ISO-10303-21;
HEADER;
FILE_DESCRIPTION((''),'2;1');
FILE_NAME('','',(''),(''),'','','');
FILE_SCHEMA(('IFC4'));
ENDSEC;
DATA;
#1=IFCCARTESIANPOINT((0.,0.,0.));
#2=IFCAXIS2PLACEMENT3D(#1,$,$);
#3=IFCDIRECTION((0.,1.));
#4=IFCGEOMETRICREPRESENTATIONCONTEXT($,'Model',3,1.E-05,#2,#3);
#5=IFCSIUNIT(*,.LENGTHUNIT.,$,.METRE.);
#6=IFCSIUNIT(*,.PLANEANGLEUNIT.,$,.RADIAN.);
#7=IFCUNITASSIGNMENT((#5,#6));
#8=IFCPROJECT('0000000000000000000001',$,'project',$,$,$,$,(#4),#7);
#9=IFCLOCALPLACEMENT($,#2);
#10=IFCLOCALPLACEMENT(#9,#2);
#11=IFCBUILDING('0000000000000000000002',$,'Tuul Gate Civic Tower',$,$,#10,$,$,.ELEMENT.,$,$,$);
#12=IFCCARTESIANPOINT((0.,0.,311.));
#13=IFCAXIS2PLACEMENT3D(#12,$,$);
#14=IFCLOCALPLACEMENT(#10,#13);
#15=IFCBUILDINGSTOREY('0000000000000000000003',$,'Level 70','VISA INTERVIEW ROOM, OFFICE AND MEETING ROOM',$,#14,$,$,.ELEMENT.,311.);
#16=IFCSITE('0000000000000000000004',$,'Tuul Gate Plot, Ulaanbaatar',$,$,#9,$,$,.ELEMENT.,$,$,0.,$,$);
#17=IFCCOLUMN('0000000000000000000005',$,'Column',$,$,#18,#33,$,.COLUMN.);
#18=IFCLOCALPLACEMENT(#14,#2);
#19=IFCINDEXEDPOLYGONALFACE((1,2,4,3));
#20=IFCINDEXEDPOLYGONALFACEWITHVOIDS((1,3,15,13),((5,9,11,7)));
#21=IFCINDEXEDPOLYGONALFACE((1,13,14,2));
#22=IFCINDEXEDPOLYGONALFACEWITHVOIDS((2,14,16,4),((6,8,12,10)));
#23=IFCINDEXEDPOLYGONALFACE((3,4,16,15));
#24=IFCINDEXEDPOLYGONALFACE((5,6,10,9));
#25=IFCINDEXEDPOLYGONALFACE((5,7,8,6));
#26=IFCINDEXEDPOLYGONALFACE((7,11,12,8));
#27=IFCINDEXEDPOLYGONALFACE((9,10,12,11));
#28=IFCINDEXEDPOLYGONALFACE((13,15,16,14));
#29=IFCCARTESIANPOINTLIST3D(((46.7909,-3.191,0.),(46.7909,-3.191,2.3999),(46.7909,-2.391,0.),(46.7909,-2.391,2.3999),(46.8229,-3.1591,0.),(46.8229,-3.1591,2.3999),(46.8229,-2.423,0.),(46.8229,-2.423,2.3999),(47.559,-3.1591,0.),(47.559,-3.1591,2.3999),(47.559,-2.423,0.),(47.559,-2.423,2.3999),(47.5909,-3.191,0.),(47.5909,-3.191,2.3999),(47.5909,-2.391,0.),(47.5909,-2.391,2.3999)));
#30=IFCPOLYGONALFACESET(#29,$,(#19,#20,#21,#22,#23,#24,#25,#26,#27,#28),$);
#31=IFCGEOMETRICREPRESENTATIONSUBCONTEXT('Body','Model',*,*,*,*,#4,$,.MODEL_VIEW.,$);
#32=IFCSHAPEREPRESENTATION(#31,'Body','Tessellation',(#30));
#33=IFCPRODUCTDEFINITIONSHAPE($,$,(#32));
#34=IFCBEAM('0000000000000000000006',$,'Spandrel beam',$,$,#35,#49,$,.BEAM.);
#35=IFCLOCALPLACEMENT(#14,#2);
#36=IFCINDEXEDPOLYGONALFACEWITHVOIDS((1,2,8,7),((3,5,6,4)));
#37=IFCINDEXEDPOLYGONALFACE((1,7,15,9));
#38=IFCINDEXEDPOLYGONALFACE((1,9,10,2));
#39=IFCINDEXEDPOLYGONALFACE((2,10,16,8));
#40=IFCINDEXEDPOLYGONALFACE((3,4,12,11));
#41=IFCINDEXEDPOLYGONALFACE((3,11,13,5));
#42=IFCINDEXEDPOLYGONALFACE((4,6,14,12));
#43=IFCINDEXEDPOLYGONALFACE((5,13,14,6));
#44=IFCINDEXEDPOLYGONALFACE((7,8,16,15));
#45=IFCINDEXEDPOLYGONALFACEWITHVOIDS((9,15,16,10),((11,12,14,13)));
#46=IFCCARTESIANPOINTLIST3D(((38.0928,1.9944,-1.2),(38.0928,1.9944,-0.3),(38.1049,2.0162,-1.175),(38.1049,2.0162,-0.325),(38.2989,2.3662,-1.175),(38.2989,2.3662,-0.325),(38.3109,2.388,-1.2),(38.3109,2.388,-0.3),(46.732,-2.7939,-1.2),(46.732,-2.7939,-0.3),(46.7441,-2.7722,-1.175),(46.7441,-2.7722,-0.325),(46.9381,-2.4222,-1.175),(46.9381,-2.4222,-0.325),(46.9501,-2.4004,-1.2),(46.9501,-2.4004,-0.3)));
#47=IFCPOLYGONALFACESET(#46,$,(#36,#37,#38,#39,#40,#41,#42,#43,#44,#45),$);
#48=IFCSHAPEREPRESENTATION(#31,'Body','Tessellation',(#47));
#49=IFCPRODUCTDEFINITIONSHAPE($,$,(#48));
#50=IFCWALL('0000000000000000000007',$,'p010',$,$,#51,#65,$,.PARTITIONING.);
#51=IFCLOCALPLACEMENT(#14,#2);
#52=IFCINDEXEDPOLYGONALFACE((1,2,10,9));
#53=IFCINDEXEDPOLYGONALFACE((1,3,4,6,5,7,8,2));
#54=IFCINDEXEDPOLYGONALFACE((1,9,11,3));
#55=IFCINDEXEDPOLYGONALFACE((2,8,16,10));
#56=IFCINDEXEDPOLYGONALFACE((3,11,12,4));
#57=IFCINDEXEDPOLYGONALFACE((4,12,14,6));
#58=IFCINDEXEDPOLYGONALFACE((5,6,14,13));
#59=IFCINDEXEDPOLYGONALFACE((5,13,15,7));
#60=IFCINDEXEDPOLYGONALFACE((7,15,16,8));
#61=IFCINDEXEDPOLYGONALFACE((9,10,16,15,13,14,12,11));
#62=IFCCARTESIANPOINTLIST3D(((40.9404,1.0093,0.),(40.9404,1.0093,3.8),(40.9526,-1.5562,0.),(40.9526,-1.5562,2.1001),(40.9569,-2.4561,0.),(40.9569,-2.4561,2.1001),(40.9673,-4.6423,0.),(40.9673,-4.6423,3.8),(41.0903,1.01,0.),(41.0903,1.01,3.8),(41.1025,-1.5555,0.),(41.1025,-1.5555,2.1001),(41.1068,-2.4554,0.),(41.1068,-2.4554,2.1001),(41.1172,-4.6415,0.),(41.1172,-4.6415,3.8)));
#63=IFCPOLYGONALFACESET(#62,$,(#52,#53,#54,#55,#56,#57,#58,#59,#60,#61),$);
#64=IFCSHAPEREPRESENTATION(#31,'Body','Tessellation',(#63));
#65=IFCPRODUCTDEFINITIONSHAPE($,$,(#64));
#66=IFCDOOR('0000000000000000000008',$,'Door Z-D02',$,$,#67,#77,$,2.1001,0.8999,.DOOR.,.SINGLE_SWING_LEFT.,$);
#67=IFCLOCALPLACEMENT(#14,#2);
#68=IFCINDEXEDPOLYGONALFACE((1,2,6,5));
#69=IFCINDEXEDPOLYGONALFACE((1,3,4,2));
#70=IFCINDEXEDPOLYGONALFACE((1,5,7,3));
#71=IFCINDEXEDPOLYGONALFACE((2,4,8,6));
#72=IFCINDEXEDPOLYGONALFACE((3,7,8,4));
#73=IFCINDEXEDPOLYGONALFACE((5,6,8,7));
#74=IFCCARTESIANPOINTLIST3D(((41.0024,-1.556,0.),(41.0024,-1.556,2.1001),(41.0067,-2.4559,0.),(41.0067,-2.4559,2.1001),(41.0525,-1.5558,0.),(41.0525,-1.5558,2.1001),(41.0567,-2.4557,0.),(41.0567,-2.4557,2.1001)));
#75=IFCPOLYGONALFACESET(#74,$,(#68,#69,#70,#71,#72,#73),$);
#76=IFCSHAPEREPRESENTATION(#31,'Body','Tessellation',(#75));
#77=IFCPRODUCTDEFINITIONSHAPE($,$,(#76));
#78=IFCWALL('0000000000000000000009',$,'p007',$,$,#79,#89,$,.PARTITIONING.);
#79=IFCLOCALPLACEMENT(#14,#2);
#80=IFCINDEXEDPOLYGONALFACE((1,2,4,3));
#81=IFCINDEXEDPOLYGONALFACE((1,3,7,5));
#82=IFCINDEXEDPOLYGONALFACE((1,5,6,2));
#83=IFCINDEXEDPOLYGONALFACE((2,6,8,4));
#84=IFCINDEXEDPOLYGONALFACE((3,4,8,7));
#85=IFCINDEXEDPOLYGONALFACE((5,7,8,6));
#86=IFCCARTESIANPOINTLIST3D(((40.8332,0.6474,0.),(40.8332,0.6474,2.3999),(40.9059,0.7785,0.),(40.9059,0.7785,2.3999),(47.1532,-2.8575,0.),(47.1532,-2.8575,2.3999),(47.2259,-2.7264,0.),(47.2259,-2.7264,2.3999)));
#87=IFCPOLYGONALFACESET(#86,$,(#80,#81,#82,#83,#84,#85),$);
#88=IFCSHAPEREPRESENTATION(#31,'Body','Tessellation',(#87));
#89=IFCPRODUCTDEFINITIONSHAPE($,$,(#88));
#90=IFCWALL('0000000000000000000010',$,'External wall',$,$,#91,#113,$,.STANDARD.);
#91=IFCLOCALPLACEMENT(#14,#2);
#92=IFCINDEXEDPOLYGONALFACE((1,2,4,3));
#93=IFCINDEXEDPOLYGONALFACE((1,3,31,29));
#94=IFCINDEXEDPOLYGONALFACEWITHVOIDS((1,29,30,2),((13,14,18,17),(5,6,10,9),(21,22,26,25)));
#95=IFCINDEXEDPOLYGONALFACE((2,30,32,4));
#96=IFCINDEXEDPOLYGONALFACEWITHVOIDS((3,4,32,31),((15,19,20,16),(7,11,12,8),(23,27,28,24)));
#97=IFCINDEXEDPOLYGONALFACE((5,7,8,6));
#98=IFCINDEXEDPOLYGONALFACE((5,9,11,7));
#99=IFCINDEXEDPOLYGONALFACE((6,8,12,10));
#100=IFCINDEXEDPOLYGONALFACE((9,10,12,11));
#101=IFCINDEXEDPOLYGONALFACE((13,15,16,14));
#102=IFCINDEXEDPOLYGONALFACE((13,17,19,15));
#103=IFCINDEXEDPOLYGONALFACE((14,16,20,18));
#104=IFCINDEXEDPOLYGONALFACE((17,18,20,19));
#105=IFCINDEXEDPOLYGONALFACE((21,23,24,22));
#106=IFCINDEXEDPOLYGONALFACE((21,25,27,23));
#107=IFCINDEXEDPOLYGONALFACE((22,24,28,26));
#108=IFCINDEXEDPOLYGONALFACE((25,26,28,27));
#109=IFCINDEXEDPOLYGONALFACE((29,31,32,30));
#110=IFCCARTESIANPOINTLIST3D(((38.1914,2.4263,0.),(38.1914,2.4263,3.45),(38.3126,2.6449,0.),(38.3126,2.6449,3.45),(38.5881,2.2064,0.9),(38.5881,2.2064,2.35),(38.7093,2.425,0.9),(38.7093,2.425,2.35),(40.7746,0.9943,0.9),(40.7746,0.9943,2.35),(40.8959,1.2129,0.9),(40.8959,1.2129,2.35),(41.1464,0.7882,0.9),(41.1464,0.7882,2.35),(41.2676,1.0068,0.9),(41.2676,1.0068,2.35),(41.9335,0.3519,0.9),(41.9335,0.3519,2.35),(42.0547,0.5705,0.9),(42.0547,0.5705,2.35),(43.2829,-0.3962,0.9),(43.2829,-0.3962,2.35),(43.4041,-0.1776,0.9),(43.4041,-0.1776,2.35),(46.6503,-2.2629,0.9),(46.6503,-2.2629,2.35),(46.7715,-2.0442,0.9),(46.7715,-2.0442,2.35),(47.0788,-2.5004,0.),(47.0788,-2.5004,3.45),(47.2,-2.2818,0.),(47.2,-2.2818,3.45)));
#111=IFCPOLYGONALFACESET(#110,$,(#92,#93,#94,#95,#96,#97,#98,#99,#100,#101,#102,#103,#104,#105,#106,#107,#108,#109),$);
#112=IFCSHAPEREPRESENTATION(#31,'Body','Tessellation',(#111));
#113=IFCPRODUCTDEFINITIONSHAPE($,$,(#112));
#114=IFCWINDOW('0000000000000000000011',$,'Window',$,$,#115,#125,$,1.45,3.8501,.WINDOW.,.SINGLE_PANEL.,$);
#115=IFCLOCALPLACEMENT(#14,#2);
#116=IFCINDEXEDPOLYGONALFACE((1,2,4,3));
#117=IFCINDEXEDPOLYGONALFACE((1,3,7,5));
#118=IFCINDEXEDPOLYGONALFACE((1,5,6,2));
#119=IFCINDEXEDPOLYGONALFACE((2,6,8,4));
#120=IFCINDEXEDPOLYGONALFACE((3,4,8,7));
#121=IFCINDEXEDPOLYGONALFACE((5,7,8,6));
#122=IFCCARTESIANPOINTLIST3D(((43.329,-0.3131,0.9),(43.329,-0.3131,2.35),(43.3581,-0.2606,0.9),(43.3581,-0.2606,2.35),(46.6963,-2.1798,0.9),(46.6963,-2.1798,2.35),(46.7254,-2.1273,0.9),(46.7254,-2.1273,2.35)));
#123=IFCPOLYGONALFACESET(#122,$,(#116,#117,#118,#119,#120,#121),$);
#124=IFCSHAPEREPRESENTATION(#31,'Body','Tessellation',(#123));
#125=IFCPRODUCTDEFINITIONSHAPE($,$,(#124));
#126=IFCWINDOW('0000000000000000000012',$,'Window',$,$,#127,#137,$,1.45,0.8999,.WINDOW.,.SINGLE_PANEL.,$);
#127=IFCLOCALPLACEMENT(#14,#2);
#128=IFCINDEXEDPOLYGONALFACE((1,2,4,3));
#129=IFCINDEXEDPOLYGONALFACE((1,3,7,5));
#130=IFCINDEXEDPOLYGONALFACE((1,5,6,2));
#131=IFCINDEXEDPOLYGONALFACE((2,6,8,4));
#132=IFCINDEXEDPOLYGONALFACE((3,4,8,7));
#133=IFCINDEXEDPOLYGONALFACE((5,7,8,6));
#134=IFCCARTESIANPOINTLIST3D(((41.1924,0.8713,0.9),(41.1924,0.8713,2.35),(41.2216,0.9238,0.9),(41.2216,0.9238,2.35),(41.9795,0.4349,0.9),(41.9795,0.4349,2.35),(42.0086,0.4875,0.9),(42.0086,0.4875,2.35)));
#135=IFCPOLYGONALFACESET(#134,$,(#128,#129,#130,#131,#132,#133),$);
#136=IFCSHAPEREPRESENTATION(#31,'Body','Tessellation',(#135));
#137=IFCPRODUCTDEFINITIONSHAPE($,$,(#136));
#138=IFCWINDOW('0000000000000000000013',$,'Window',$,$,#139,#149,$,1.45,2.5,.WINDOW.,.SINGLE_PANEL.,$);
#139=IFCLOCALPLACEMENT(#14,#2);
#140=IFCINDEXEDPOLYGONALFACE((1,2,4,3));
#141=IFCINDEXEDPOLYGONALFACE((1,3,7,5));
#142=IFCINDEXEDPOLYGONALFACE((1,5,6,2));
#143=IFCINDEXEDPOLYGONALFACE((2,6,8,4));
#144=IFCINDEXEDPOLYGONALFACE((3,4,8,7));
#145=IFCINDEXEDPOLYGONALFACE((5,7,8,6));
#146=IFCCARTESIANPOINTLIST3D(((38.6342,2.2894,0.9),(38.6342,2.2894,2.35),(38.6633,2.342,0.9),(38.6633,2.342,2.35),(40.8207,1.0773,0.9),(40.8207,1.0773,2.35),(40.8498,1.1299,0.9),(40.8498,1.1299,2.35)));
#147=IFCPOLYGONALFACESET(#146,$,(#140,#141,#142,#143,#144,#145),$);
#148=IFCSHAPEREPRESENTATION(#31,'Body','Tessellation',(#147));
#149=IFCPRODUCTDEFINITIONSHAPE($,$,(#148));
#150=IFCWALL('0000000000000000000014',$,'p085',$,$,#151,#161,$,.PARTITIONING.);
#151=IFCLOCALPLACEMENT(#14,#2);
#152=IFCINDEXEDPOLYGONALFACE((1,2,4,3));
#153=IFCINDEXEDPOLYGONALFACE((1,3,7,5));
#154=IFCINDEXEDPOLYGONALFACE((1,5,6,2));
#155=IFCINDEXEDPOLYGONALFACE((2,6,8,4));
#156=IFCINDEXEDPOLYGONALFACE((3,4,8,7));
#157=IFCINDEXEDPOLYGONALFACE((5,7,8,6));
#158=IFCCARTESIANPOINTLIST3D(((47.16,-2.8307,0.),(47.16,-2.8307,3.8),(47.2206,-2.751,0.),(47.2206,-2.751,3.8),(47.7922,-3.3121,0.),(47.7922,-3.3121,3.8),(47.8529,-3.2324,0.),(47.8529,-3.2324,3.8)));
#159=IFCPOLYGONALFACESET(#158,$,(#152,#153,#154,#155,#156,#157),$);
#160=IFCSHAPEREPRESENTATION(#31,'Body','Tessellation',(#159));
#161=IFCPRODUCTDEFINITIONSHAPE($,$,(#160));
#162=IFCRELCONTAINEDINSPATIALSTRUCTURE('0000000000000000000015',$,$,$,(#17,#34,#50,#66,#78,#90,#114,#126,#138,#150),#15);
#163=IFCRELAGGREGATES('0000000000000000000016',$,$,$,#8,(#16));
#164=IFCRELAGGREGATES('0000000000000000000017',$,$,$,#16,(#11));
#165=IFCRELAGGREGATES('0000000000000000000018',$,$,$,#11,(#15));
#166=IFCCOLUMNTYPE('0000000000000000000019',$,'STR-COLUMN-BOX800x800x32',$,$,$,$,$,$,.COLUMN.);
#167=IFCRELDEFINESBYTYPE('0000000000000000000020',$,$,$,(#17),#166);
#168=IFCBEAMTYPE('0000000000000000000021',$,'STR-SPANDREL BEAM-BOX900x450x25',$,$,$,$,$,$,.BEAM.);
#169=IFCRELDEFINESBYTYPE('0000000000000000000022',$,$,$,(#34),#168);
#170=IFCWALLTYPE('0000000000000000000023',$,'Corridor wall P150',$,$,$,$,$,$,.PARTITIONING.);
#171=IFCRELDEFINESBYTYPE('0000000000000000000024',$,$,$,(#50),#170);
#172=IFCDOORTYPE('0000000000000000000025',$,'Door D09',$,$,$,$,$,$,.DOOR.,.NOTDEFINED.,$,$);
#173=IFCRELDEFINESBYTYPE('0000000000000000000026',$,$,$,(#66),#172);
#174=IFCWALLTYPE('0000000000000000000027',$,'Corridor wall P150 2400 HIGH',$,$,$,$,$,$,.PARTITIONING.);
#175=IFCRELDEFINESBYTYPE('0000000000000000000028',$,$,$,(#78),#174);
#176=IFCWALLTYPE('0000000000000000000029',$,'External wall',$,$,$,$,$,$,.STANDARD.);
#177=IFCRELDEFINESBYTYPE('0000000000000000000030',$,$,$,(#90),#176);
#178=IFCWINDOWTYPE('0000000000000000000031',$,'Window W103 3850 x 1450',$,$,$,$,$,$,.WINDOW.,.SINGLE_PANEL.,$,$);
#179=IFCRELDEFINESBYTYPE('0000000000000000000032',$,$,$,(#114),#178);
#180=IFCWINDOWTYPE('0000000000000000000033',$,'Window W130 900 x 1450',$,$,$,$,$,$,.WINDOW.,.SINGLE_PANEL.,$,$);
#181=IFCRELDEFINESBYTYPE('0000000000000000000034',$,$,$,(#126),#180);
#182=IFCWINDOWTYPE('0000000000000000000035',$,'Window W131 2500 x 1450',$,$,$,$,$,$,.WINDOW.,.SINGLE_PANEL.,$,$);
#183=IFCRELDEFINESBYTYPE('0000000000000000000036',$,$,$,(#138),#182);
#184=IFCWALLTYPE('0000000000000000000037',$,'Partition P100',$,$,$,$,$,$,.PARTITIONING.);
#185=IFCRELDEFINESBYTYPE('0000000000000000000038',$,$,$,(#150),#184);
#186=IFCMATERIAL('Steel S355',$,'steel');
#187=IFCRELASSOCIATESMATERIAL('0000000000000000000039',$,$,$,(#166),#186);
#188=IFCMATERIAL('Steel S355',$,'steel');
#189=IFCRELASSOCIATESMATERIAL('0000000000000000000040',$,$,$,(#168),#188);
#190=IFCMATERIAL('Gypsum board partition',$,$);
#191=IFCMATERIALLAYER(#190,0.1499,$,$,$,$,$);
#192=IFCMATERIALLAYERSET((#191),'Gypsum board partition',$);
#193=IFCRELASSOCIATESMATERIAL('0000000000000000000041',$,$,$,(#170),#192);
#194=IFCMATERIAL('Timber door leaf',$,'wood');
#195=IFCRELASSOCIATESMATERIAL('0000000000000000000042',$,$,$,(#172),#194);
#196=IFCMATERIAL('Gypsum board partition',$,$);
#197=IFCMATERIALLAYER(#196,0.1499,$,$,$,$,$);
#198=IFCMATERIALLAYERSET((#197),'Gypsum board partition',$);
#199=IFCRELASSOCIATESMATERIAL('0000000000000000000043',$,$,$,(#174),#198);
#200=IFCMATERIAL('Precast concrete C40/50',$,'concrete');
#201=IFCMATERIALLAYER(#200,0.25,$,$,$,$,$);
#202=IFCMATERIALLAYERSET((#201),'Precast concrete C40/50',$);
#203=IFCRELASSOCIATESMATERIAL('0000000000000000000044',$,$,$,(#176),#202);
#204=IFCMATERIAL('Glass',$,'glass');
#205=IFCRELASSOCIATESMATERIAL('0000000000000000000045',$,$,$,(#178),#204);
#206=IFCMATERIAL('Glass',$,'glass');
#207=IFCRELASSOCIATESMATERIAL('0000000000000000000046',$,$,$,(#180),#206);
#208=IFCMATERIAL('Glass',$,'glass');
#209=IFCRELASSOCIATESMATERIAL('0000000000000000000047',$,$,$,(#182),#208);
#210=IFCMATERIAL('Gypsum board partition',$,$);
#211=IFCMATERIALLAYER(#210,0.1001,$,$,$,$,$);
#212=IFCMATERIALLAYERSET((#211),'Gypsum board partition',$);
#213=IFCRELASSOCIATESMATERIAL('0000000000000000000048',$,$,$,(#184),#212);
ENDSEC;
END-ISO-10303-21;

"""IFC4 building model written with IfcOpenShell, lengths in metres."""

from ifc_helpers import new_model, si_unit, direction, frame, frame_2d, origin, origin_2d, place, context, subcontext, project, spatial, rectangle, hollow_rectangle, extrude, material, layer, layer_set, material_profile, profile_set, type_object, element, fill, save


model = new_model("IFC4")

# Units and contexts
model_context = context("Model", 3, precision=1e-05, world=origin(), true_north=direction((0.0, 1.0)))
body_context = subcontext(model_context, "Body", "Model", "MODEL_VIEW")
ifc_project = project(units=[si_unit("LENGTHUNIT", "METRE"), si_unit("PLANEANGLEUNIT", "RADIAN")], contexts=[model_context])

# Site, building, storey
site_placement = place(None, origin())
site = spatial("IfcSite", under=ifc_project, at=site_placement, Name="Tuul Gate Plot, Ulaanbaatar", CompositionType="ELEMENT", RefElevation=0.0)
building_placement = place(site_placement, origin())
building = spatial("IfcBuilding", under=site, at=building_placement, Name="Tuul Gate Civic Tower", CompositionType="ELEMENT")
storey_placement = place(building_placement, frame((0.0, 0.0, 311.0)))
storey = spatial("IfcBuildingStorey", under=building, at=storey_placement, Name="Level 70", Description="VISA INTERVIEW ROOM, OFFICE AND MEETING ROOM", CompositionType="ELEMENT", Elevation=311.0)

# Column
ifc_material_1 = material(Name="Steel S355", Category="steel")
ifc_material_profile_1 = material_profile(ifc_material_1, hollow_rectangle(XDim=0.8, YDim=0.8, WallThickness=0.032, at=origin_2d()), Name="BOX800x800x32")
ifc_profile_set_1 = profile_set([ifc_material_profile_1], Name="Steel S355")
column_type = type_object("IfcColumnType", Name="STR-COLUMN-BOX800x800x32", PredefinedType="COLUMN", material=ifc_profile_set_1)
column_placement = place(storey_placement, frame((47.1909, -2.791, 0.0), z_axis=(0.0, 0.0, 1.0), x_axis=(1.0, 0.0, 0.0)))
element("IfcColumn", 1, at=column_placement, inside=storey, type_object=column_type, Name="Column", PredefinedType="COLUMN", context=body_context, shape_type="SweptSolid", body=[
    extrude(hollow_rectangle(XDim=0.8, YDim=0.8, WallThickness=0.032, at=origin_2d()), origin(), (0.0, 0.0, 1.0), 2.3999),
])

# Beam
ifc_material_2 = material(Name="Steel S355", Category="steel")
ifc_material_profile_2 = material_profile(ifc_material_2, hollow_rectangle(XDim=0.45, YDim=0.8999, WallThickness=0.0249, at=origin_2d()), Name="BOX900x450x25")
ifc_profile_set_2 = profile_set([ifc_material_profile_2], Name="Steel S355")
beam_type = type_object("IfcBeamType", Name="STR-SPANDREL BEAM-BOX900x450x25", PredefinedType="BEAM", material=ifc_profile_set_2)
beam_placement = place(storey_placement, frame((46.8411, -2.5972, -0.75), z_axis=(-0.874638, 0.484776, 0.0), x_axis=(-0.484776, -0.874638, 0.0)))
element("IfcBeam", 2, at=beam_placement, inside=storey, type_object=beam_type, Name="Spandrel beam", PredefinedType="BEAM", context=body_context, shape_type="SweptSolid", body=[
    extrude(hollow_rectangle(XDim=0.45, YDim=0.8999, WallThickness=0.0249, at=origin_2d()), origin(), (0.0, 0.0, 1.0), 9.8774),
])

# Wall, opening, door
ifc_material_3 = material(Name="Gypsum board partition")
ifc_layer_1 = layer(ifc_material_3, 0.1499)
ifc_layer_set_1 = layer_set([ifc_layer_1], Name="Gypsum board partition")
wall_type_1 = type_object("IfcWallType", Name="Corridor wall P150", PredefinedType="PARTITIONING", material=ifc_layer_set_1)
wall_1_placement = place(storey_placement, frame((41.0154, 1.0095, 0.0), z_axis=(0.0, 0.0, 1.0), x_axis=(0.004752, -0.999989, 0.0)))
wall_1 = element("IfcWall", 3, at=wall_1_placement, inside=storey, type_object=wall_type_1, Name="p010", PredefinedType="PARTITIONING", context=body_context, shape_type="SweptSolid", body=[
    extrude(rectangle(XDim=5.6516, YDim=0.1499, at=frame_2d((2.8257, 0.0))), origin(), (0.0, 0.0, 1.0), 3.8),
])
opening_1_placement = place(wall_1_placement, frame((2.5654, 0.0, 0.0)))
opening_1 = element("IfcOpeningElement", 4, at=opening_1_placement, cuts=wall_1, PredefinedType="OPENING", context=body_context, shape_type="SweptSolid", body=[
    extrude(rectangle(XDim=0.8999, YDim=2.1001, at=frame_2d((0.45, 1.05))), frame((0.0, 0.085, 0.0), z_axis=(0.0, -1.0, 0.0), x_axis=(1.0, 0.0, 0.0)), (0.0, 0.0, 1.0), 0.1699),
])
ifc_material_4 = material(Name="Timber door leaf", Category="wood")
door_type = type_object("IfcDoorType", Name="Door D09", OperationType="NOTDEFINED", PredefinedType="DOOR", material=ifc_material_4)
door_placement = place(opening_1_placement, origin())
door = element("IfcDoor", 5, at=door_placement, inside=storey, type_object=door_type, Name="Door Z-D02", OperationType="SINGLE_SWING_LEFT", OverallHeight=2.1001, OverallWidth=0.8999, PredefinedType="DOOR", context=body_context, shape_type="SweptSolid", body=[
    extrude(rectangle(XDim=0.8999, YDim=2.1001, at=frame_2d((0.45, 1.05))), frame((0.0, 0.0249, 0.0), z_axis=(0.0, -1.0, 0.0), x_axis=(1.0, 0.0, 0.0)), (0.0, 0.0, 1.0), 0.05),
])
fill(opening_1, door)

# Wall
ifc_material_5 = material(Name="Gypsum board partition")
ifc_layer_2 = layer(ifc_material_5, 0.1499)
ifc_layer_set_2 = layer_set([ifc_layer_2], Name="Gypsum board partition")
wall_type_2 = type_object("IfcWallType", Name="Corridor wall P150 2400 HIGH", PredefinedType="PARTITIONING", material=ifc_layer_set_2)
wall_2_placement = place(storey_placement, frame((40.8696, 0.7129, 0.0), z_axis=(0.0, 0.0, 1.0), x_axis=(0.874525, -0.48498, 0.0)))
element("IfcWall", 6, at=wall_2_placement, inside=storey, type_object=wall_type_2, Name="p007", PredefinedType="PARTITIONING", context=body_context, shape_type="SweptSolid", body=[
    extrude(rectangle(XDim=7.2268, YDim=0.1499, at=frame_2d((3.6133, 0.0))), origin(), (0.0, 0.0, 1.0), 2.3999),
])

# Wall, openings, windows
ifc_material_6 = material(Name="Precast concrete C40/50", Category="concrete")
ifc_layer_3 = layer(ifc_material_6, 0.25)
ifc_layer_set_3 = layer_set([ifc_layer_3], Name="Precast concrete C40/50")
wall_type_3 = type_object("IfcWallType", Name="External wall", PredefinedType="STANDARD", material=ifc_layer_set_3)
wall_3_placement = place(storey_placement, frame((47.1394, -2.3911, 0.0), z_axis=(0.0, 0.0, 1.0), x_axis=(-0.874605, 0.484837, 0.0)))
wall_3 = element("IfcWall", 7, at=wall_3_placement, inside=storey, type_object=wall_type_3, Name="External wall", PredefinedType="STANDARD", context=body_context, shape_type="SweptSolid", body=[
    extrude(rectangle(XDim=10.1616, YDim=0.25, at=frame_2d((5.0808, 0.0))), origin(), (0.0, 0.0, 1.0), 3.45),
])
opening_2_placement = place(wall_3_placement, frame((0.49, 0.0, 0.8999)))
opening_2 = element("IfcOpeningElement", 8, at=opening_2_placement, cuts=wall_3, PredefinedType="OPENING", context=body_context, shape_type="SweptSolid", body=[
    extrude(rectangle(XDim=3.8501, YDim=1.45, at=frame_2d((1.925, 0.7251))), frame((0.0, 0.135, 0.0), z_axis=(0.0, -1.0, 0.0), x_axis=(1.0, 0.0, 0.0)), (0.0, 0.0, 1.0), 0.27),
])
opening_3_placement = place(wall_3_placement, frame((5.8831, 0.0, 0.8999)))
opening_3 = element("IfcOpeningElement", 9, at=opening_3_placement, cuts=wall_3, PredefinedType="OPENING", context=body_context, shape_type="SweptSolid", body=[
    extrude(rectangle(XDim=0.8999, YDim=1.45, at=frame_2d((0.45, 0.7251))), frame((0.0, 0.135, 0.0), z_axis=(0.0, -1.0, 0.0), x_axis=(1.0, 0.0, 0.0)), (0.0, 0.0, 1.0), 0.27),
])
opening_4_placement = place(wall_3_placement, frame((7.208, 0.0, 0.8999)))
opening_4 = element("IfcOpeningElement", 10, at=opening_4_placement, cuts=wall_3, PredefinedType="OPENING", context=body_context, shape_type="SweptSolid", body=[
    extrude(rectangle(XDim=2.5, YDim=1.45, at=frame_2d((1.25, 0.7251))), frame((0.0, 0.135, 0.0), z_axis=(0.0, -1.0, 0.0), x_axis=(1.0, 0.0, 0.0)), (0.0, 0.0, 1.0), 0.27),
])
ifc_material_7 = material(Name="Glass", Category="glass")
window_type_1 = type_object("IfcWindowType", Name="Window W103 3850 x 1450", PartitioningType="SINGLE_PANEL", PredefinedType="WINDOW", material=ifc_material_7)
window_1_placement = place(opening_2_placement, origin())
window_1 = element("IfcWindow", 11, at=window_1_placement, inside=storey, type_object=window_type_1, Name="Window", OverallHeight=1.45, OverallWidth=3.8501, PartitioningType="SINGLE_PANEL", PredefinedType="WINDOW", context=body_context, shape_type="SweptSolid", body=[
    extrude(rectangle(XDim=3.8501, YDim=1.45, at=frame_2d((1.925, 0.7251))), frame((0.0, 0.03, 0.0), z_axis=(0.0, -1.0, 0.0), x_axis=(1.0, 0.0, 0.0)), (0.0, 0.0, 1.0), 0.0601),
])
fill(opening_2, window_1)
ifc_material_8 = material(Name="Glass", Category="glass")
window_type_2 = type_object("IfcWindowType", Name="Window W130 900 x 1450", PartitioningType="SINGLE_PANEL", PredefinedType="WINDOW", material=ifc_material_8)
window_2_placement = place(opening_3_placement, origin())
window_2 = element("IfcWindow", 12, at=window_2_placement, inside=storey, type_object=window_type_2, Name="Window", OverallHeight=1.45, OverallWidth=0.8999, PartitioningType="SINGLE_PANEL", PredefinedType="WINDOW", context=body_context, shape_type="SweptSolid", body=[
    extrude(rectangle(XDim=0.8999, YDim=1.45, at=frame_2d((0.45, 0.7251))), frame((0.0, 0.03, 0.0), z_axis=(0.0, -1.0, 0.0), x_axis=(1.0, 0.0, 0.0)), (0.0, 0.0, 1.0), 0.0601),
])
fill(opening_3, window_2)
ifc_material_9 = material(Name="Glass", Category="glass")
window_type_3 = type_object("IfcWindowType", Name="Window W131 2500 x 1450", PartitioningType="SINGLE_PANEL", PredefinedType="WINDOW", material=ifc_material_9)
window_3_placement = place(opening_4_placement, origin())
window_3 = element("IfcWindow", 13, at=window_3_placement, inside=storey, type_object=window_type_3, Name="Window", OverallHeight=1.45, OverallWidth=2.5, PartitioningType="SINGLE_PANEL", PredefinedType="WINDOW", context=body_context, shape_type="SweptSolid", body=[
    extrude(rectangle(XDim=2.5, YDim=1.45, at=frame_2d((1.25, 0.7251))), frame((0.0, 0.03, 0.0), z_axis=(0.0, -1.0, 0.0), x_axis=(1.0, 0.0, 0.0)), (0.0, 0.0, 1.0), 0.0601),
])
fill(opening_4, window_3)

# Wall
ifc_material_10 = material(Name="Gypsum board partition")
ifc_layer_4 = layer(ifc_material_10, 0.1001)
ifc_layer_set_4 = layer_set([ifc_layer_4], Name="Gypsum board partition")
wall_type_4 = type_object("IfcWallType", Name="Partition P100", PredefinedType="PARTITIONING", material=ifc_layer_set_4)
wall_4_placement = place(storey_placement, frame((47.1902, -2.7908, 0.0), z_axis=(0.0, 0.0, 1.0), x_axis=(0.795629, -0.605784, 0.0)))
element("IfcWall", 14, at=wall_4_placement, inside=storey, type_object=wall_type_4, Name="p085", PredefinedType="PARTITIONING", context=body_context, shape_type="SweptSolid", body=[
    extrude(rectangle(XDim=0.7947, YDim=0.1001, at=frame_2d((0.3975, 0.0))), origin(), (0.0, 0.0, 1.0), 3.8),
])

save(model, "model.ifc")
